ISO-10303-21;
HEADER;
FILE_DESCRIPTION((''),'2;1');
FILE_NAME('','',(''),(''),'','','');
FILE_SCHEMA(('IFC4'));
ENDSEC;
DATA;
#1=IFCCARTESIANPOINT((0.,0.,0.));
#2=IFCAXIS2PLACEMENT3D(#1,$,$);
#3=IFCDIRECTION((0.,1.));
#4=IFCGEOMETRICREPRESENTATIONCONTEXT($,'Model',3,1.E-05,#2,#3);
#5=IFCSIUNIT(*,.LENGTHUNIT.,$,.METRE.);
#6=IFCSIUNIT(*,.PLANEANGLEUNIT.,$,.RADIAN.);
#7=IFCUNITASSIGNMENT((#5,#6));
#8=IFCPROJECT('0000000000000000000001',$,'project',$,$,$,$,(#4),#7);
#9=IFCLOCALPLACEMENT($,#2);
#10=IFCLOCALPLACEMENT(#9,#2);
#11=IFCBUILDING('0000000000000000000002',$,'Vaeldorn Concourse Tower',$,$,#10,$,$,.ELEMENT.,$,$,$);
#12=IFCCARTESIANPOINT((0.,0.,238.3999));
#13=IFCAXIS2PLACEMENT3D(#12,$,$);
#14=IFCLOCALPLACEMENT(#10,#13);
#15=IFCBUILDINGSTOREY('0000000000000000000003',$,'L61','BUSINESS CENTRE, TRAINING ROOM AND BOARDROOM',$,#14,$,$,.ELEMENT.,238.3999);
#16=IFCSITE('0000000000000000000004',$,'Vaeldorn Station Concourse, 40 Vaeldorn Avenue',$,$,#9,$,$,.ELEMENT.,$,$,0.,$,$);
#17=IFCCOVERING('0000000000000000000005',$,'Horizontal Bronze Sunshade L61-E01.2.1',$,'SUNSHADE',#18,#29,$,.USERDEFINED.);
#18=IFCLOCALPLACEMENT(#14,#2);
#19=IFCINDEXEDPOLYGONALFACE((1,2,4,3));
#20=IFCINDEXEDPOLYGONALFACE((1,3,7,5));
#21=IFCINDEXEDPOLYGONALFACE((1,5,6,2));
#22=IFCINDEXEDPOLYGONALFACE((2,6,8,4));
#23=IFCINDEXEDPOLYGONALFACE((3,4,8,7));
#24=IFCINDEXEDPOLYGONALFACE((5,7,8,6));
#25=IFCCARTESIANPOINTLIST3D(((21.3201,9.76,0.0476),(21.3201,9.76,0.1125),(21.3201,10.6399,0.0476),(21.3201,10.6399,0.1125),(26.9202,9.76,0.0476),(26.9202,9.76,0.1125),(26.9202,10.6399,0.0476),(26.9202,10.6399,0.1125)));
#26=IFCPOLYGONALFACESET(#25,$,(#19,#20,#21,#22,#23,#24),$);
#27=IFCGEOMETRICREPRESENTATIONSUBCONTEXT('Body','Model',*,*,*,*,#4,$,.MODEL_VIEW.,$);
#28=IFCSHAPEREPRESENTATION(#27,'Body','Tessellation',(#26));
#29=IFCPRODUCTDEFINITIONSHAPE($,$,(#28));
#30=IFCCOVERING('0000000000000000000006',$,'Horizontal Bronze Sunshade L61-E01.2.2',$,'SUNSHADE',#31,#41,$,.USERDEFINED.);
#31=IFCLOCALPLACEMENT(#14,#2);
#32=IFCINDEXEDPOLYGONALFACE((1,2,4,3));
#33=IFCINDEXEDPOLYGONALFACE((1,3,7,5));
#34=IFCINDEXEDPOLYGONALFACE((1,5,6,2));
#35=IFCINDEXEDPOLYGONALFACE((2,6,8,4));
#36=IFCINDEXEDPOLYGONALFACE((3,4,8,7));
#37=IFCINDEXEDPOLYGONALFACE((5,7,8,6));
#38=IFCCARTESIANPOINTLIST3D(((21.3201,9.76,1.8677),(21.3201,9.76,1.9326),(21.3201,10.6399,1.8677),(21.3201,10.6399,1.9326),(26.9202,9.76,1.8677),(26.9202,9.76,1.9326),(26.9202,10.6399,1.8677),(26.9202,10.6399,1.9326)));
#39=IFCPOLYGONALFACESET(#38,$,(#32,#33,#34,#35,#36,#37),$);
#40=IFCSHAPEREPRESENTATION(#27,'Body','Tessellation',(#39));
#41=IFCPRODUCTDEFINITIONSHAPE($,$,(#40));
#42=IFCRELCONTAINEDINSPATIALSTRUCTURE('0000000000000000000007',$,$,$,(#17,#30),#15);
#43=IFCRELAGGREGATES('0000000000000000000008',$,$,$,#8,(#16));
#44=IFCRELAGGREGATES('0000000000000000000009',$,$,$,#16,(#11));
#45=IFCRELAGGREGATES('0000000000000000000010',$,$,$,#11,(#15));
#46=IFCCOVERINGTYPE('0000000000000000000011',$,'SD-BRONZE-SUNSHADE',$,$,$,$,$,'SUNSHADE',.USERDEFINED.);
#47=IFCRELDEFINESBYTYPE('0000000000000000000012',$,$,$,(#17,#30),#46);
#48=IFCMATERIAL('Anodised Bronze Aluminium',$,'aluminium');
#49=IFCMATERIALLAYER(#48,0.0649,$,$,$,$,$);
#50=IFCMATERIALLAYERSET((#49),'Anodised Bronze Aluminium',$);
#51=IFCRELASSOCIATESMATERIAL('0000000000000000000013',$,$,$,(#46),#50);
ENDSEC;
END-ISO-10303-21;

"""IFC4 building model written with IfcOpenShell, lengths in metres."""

from ifc_helpers import new_model, si_unit, direction, frame, origin, origin_2d, place, context, subcontext, project, spatial, rectangle, extrude, source, transform, mapped, material, layer, layer_set, type_object, element, save


model = new_model("IFC4")

# Units and contexts
model_context = context("Model", 3, precision=1e-05, world=origin(), true_north=direction((0.0, 1.0)))
body_context = subcontext(model_context, "Body", "Model", "MODEL_VIEW")
ifc_project = project(units=[si_unit("LENGTHUNIT", "METRE"), si_unit("PLANEANGLEUNIT", "RADIAN")], contexts=[model_context])

# Site, building, storey
site_placement = place(None, origin())
site = spatial("IfcSite", under=ifc_project, at=site_placement, Name="Vaeldorn Station Concourse, 40 Vaeldorn Avenue", CompositionType="ELEMENT", RefElevation=0.0)
building_placement = place(site_placement, origin())
building = spatial("IfcBuilding", under=site, at=building_placement, Name="Vaeldorn Concourse Tower", CompositionType="ELEMENT")
storey_placement = place(building_placement, frame((0.0, 0.0, 238.3999)))
storey = spatial("IfcBuildingStorey", under=building, at=storey_placement, Name="L61", Description="BUSINESS CENTRE, TRAINING ROOM AND BOARDROOM", CompositionType="ELEMENT", Elevation=238.3999)

# Shared definitions
ifc_material_1 = material(Name="Anodised Bronze Aluminium", Category="aluminium")

# Coverings
ifc_layer_1 = layer(ifc_material_1, 0.0649)
ifc_layer_set_1 = layer_set([ifc_layer_1], Name="Anodised Bronze Aluminium")
covering_type = type_object("IfcCoveringType", Name="SD-BRONZE-SUNSHADE", ElementType="SUNSHADE", PredefinedType="USERDEFINED", material=ifc_layer_set_1)
shared_shape_1 = source(origin(), body_context, "Body", "SweptSolid", [
    extrude(rectangle(XDim=5.6001, YDim=0.8799, at=origin_2d()), origin(), (0.0, 0.0, 1.0), 0.0649),
])
for number, where, z_axis, x_axis, name in (
    (1, (24.1201, 10.2, 0.0476), (0.0, 0.0, 1.0), (1.0, 0.0, 0.0), "Horizontal Bronze Sunshade L61-E01.2.1"),
    (2, (24.1201, 10.2, 1.8677), (0.0, 0.0, 1.0), (1.0, 0.0, 0.0), "Horizontal Bronze Sunshade L61-E01.2.2"),
):
    element("IfcCovering", number, at=place(storey_placement, frame(where, z_axis=z_axis, x_axis=x_axis)), inside=storey, type_object=covering_type, Name=name, ObjectType="SUNSHADE", PredefinedType="USERDEFINED", context=body_context, shape_type="MappedRepresentation", body=[
        mapped(shared_shape_1, transform((0.0, 0.0, 0.0), scale=1.0)),
    ])

save(model, "model.ifc")
